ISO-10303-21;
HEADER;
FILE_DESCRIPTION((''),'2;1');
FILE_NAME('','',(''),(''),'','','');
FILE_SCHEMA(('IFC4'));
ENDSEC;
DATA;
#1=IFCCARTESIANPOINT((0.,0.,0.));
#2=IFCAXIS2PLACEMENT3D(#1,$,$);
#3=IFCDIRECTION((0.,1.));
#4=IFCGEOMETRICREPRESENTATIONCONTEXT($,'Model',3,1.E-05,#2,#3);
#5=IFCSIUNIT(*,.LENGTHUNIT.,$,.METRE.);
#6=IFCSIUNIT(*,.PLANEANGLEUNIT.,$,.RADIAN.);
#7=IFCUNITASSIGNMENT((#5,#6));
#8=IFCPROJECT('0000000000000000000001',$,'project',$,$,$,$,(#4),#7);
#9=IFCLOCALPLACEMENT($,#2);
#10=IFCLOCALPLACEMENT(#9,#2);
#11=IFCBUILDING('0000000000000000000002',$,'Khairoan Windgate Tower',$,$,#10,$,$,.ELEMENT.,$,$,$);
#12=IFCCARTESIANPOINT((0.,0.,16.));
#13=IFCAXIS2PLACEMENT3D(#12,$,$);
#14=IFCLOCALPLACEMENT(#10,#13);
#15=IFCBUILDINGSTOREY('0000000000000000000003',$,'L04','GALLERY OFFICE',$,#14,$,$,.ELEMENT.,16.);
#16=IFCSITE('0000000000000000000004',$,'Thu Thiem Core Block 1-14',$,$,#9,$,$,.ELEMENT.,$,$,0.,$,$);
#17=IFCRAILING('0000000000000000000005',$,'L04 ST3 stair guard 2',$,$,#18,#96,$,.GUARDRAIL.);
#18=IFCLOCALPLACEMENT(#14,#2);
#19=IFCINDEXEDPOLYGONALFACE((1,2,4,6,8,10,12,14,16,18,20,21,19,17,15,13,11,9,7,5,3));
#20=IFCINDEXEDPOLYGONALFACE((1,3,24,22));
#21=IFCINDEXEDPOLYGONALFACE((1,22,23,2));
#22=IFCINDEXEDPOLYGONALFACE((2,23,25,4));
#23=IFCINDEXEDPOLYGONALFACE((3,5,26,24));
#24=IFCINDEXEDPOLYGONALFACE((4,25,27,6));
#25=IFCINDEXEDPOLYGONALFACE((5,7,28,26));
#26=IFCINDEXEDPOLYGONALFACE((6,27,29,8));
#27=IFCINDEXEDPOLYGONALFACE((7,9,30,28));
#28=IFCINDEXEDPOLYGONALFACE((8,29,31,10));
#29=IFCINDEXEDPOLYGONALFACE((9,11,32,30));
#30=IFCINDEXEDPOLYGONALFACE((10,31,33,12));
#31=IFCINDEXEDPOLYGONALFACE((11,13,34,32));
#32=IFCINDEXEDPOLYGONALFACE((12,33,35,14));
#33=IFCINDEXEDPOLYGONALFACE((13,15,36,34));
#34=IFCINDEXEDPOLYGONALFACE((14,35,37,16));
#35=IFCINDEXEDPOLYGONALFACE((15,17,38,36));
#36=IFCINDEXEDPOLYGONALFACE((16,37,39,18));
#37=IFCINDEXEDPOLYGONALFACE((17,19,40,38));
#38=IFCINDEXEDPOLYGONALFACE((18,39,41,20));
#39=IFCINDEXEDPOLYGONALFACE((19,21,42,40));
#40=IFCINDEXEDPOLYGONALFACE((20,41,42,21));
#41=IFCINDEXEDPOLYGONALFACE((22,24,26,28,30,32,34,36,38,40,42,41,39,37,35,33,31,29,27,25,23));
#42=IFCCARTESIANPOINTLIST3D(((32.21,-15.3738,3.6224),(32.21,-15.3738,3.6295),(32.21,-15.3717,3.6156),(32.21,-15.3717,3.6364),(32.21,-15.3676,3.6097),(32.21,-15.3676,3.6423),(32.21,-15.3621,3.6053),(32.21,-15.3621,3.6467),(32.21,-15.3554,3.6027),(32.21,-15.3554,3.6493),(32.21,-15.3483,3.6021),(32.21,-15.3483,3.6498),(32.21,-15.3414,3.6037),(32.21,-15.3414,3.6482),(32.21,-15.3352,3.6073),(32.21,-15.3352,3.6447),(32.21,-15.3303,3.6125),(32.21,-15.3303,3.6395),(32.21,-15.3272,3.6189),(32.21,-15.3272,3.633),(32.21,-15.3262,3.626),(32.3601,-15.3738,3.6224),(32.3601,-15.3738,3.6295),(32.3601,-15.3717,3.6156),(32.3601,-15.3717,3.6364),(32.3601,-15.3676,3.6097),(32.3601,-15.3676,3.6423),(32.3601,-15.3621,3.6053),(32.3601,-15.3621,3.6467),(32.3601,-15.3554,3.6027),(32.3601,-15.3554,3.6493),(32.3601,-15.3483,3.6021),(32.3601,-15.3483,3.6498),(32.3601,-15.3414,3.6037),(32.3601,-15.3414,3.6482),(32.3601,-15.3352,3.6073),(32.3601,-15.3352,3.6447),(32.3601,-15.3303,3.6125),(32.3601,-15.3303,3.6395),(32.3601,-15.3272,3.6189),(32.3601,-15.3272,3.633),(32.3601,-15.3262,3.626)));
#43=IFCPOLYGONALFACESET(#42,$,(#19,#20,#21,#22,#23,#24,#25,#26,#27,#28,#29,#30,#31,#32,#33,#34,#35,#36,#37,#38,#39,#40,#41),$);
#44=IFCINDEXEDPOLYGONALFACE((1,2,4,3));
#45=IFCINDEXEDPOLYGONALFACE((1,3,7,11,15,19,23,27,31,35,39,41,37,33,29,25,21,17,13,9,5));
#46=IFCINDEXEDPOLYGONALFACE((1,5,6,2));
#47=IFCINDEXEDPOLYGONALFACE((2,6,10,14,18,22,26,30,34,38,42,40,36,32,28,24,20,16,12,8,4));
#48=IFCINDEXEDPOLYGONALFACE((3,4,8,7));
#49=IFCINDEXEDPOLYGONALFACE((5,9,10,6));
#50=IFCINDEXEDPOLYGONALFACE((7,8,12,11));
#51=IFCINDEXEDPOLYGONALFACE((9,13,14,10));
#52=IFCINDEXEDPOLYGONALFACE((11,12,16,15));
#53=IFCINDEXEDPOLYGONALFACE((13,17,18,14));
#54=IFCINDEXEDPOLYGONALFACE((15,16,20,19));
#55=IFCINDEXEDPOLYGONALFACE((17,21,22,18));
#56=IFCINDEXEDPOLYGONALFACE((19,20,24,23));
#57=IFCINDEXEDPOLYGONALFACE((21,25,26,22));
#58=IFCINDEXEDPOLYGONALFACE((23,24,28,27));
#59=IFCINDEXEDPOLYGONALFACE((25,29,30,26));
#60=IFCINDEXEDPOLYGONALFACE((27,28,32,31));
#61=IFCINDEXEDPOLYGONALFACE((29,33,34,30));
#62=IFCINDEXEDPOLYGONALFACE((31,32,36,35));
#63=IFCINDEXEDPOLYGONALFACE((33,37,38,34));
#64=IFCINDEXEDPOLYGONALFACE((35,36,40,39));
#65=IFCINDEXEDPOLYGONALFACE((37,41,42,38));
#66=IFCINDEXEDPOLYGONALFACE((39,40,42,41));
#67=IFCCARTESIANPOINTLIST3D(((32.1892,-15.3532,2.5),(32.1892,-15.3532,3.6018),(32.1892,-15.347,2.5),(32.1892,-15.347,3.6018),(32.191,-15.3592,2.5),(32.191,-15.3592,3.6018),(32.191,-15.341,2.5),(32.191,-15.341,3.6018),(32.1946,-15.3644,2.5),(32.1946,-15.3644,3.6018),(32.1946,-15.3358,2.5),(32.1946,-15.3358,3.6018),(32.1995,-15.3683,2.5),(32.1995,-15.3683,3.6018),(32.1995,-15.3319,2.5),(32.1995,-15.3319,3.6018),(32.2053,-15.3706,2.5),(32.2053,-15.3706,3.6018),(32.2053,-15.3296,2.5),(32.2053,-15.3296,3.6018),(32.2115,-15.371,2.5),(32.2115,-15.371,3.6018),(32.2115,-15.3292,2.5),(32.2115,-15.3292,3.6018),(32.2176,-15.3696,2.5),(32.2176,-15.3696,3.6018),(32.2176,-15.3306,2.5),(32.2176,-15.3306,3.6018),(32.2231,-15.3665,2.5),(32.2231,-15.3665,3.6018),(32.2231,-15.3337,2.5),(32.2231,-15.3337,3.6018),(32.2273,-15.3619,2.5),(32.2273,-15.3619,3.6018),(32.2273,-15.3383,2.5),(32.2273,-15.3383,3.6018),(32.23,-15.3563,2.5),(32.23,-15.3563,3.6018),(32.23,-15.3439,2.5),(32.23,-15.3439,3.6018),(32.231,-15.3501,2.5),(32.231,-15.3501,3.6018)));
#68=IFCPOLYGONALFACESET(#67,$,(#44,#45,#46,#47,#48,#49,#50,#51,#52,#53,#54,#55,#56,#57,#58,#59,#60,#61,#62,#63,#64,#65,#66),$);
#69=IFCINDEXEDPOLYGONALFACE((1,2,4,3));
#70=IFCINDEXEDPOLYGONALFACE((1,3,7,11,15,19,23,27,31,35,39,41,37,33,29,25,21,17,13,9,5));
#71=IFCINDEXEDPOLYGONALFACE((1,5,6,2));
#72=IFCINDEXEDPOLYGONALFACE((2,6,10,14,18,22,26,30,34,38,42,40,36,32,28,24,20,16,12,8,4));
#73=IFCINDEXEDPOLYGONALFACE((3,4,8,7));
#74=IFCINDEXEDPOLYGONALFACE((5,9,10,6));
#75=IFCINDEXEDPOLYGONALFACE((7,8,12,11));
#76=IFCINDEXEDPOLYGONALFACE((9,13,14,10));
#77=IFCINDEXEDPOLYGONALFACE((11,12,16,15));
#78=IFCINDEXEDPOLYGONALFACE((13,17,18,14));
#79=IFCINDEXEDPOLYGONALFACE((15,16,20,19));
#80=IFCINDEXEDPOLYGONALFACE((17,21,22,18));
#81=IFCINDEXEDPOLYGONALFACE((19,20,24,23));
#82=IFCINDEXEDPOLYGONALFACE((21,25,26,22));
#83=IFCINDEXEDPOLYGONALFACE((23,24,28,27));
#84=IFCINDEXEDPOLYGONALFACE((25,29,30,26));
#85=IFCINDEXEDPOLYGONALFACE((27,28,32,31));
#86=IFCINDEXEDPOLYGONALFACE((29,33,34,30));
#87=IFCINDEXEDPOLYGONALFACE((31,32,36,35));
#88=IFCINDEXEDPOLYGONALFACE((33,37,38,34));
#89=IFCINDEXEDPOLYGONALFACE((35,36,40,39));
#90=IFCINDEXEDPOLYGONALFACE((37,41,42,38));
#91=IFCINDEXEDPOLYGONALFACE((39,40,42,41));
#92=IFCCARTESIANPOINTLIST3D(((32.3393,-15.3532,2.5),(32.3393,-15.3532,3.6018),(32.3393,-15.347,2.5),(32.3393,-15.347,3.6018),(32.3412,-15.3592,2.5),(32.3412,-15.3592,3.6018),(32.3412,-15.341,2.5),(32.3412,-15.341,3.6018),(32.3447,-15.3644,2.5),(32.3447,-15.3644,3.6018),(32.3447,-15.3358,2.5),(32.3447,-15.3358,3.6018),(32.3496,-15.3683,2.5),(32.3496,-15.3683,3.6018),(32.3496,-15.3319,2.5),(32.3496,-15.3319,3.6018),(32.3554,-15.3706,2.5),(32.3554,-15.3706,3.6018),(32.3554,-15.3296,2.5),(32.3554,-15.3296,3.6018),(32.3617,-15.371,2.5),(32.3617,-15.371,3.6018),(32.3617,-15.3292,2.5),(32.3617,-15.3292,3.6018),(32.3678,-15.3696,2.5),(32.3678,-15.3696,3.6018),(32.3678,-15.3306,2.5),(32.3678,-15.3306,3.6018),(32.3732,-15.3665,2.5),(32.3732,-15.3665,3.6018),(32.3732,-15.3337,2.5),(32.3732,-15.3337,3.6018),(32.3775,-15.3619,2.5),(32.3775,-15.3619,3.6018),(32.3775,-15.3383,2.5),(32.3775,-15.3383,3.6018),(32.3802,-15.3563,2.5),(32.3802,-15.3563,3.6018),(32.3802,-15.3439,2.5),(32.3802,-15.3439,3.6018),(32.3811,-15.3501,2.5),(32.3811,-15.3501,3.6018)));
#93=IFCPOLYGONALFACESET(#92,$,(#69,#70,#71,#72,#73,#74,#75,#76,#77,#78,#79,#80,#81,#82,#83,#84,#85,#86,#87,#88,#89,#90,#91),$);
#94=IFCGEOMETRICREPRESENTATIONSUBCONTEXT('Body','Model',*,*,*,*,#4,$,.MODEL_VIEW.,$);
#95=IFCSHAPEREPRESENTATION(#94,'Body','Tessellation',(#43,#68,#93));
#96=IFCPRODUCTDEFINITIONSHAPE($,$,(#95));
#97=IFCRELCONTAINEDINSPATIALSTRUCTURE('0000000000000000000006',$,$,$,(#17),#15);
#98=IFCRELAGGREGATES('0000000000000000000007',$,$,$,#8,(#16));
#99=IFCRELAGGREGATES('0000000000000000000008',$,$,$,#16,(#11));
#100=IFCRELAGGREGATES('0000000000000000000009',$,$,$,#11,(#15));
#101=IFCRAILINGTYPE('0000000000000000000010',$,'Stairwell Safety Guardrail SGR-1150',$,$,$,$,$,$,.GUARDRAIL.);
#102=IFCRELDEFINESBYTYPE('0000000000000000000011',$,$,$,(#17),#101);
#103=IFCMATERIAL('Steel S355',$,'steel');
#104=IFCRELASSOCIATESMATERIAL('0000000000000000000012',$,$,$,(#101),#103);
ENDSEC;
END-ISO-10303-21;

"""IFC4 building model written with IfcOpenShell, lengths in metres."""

from ifc_helpers import new_model, si_unit, direction, frame, origin, origin_2d, place, context, subcontext, project, spatial, circle, extrude, material, type_object, element, save


model = new_model("IFC4")

# Units and contexts
model_context = context("Model", 3, precision=1e-05, world=origin(), true_north=direction((0.0, 1.0)))
body_context = subcontext(model_context, "Body", "Model", "MODEL_VIEW")
ifc_project = project(units=[si_unit("LENGTHUNIT", "METRE"), si_unit("PLANEANGLEUNIT", "RADIAN")], contexts=[model_context])

# Site, building, storey
site_placement = place(None, origin())
site = spatial("IfcSite", under=ifc_project, at=site_placement, Name="Thu Thiem Core Block 1-14", CompositionType="ELEMENT", RefElevation=0.0)
building_placement = place(site_placement, origin())
building = spatial("IfcBuilding", under=site, at=building_placement, Name="Khairoan Windgate Tower", CompositionType="ELEMENT")
storey_placement = place(building_placement, frame((0.0, 0.0, 16.0)))
storey = spatial("IfcBuildingStorey", under=building, at=storey_placement, Name="L04", Description="GALLERY OFFICE", CompositionType="ELEMENT", Elevation=16.0)

# Railing
ifc_material_1 = material(Name="Steel S355", Category="steel")
railing_type_1 = type_object("IfcRailingType", Name="Stairwell Safety Guardrail SGR-1150", PredefinedType="GUARDRAIL", material=ifc_material_1)
railing_1_placement = place(storey_placement, frame((32.21, -15.3501, 2.5)))
element("IfcRailing", 1, at=railing_1_placement, inside=storey, type_object=railing_type_1, Name="L04 ST3 stair guard 2", PredefinedType="GUARDRAIL", context=body_context, shape_type="SweptSolid", body=[
    extrude(circle(Radius=0.0239, at=origin_2d()), frame((0.0, 0.0, 1.126), z_axis=(1.0, 0.0, 0.0), x_axis=(0.0, 1.0, 0.0)), (0.0, 0.0, 1.0), 0.1501),
    extrude(circle(Radius=0.021, at=origin_2d()), origin(), (0.0, 0.0, 1.0), 1.1018),
    extrude(circle(Radius=0.021, at=origin_2d()), frame((0.1501, 0.0, 0.0)), (0.0, 0.0, 1.0), 1.1018),
])

save(model, "model.ifc")
